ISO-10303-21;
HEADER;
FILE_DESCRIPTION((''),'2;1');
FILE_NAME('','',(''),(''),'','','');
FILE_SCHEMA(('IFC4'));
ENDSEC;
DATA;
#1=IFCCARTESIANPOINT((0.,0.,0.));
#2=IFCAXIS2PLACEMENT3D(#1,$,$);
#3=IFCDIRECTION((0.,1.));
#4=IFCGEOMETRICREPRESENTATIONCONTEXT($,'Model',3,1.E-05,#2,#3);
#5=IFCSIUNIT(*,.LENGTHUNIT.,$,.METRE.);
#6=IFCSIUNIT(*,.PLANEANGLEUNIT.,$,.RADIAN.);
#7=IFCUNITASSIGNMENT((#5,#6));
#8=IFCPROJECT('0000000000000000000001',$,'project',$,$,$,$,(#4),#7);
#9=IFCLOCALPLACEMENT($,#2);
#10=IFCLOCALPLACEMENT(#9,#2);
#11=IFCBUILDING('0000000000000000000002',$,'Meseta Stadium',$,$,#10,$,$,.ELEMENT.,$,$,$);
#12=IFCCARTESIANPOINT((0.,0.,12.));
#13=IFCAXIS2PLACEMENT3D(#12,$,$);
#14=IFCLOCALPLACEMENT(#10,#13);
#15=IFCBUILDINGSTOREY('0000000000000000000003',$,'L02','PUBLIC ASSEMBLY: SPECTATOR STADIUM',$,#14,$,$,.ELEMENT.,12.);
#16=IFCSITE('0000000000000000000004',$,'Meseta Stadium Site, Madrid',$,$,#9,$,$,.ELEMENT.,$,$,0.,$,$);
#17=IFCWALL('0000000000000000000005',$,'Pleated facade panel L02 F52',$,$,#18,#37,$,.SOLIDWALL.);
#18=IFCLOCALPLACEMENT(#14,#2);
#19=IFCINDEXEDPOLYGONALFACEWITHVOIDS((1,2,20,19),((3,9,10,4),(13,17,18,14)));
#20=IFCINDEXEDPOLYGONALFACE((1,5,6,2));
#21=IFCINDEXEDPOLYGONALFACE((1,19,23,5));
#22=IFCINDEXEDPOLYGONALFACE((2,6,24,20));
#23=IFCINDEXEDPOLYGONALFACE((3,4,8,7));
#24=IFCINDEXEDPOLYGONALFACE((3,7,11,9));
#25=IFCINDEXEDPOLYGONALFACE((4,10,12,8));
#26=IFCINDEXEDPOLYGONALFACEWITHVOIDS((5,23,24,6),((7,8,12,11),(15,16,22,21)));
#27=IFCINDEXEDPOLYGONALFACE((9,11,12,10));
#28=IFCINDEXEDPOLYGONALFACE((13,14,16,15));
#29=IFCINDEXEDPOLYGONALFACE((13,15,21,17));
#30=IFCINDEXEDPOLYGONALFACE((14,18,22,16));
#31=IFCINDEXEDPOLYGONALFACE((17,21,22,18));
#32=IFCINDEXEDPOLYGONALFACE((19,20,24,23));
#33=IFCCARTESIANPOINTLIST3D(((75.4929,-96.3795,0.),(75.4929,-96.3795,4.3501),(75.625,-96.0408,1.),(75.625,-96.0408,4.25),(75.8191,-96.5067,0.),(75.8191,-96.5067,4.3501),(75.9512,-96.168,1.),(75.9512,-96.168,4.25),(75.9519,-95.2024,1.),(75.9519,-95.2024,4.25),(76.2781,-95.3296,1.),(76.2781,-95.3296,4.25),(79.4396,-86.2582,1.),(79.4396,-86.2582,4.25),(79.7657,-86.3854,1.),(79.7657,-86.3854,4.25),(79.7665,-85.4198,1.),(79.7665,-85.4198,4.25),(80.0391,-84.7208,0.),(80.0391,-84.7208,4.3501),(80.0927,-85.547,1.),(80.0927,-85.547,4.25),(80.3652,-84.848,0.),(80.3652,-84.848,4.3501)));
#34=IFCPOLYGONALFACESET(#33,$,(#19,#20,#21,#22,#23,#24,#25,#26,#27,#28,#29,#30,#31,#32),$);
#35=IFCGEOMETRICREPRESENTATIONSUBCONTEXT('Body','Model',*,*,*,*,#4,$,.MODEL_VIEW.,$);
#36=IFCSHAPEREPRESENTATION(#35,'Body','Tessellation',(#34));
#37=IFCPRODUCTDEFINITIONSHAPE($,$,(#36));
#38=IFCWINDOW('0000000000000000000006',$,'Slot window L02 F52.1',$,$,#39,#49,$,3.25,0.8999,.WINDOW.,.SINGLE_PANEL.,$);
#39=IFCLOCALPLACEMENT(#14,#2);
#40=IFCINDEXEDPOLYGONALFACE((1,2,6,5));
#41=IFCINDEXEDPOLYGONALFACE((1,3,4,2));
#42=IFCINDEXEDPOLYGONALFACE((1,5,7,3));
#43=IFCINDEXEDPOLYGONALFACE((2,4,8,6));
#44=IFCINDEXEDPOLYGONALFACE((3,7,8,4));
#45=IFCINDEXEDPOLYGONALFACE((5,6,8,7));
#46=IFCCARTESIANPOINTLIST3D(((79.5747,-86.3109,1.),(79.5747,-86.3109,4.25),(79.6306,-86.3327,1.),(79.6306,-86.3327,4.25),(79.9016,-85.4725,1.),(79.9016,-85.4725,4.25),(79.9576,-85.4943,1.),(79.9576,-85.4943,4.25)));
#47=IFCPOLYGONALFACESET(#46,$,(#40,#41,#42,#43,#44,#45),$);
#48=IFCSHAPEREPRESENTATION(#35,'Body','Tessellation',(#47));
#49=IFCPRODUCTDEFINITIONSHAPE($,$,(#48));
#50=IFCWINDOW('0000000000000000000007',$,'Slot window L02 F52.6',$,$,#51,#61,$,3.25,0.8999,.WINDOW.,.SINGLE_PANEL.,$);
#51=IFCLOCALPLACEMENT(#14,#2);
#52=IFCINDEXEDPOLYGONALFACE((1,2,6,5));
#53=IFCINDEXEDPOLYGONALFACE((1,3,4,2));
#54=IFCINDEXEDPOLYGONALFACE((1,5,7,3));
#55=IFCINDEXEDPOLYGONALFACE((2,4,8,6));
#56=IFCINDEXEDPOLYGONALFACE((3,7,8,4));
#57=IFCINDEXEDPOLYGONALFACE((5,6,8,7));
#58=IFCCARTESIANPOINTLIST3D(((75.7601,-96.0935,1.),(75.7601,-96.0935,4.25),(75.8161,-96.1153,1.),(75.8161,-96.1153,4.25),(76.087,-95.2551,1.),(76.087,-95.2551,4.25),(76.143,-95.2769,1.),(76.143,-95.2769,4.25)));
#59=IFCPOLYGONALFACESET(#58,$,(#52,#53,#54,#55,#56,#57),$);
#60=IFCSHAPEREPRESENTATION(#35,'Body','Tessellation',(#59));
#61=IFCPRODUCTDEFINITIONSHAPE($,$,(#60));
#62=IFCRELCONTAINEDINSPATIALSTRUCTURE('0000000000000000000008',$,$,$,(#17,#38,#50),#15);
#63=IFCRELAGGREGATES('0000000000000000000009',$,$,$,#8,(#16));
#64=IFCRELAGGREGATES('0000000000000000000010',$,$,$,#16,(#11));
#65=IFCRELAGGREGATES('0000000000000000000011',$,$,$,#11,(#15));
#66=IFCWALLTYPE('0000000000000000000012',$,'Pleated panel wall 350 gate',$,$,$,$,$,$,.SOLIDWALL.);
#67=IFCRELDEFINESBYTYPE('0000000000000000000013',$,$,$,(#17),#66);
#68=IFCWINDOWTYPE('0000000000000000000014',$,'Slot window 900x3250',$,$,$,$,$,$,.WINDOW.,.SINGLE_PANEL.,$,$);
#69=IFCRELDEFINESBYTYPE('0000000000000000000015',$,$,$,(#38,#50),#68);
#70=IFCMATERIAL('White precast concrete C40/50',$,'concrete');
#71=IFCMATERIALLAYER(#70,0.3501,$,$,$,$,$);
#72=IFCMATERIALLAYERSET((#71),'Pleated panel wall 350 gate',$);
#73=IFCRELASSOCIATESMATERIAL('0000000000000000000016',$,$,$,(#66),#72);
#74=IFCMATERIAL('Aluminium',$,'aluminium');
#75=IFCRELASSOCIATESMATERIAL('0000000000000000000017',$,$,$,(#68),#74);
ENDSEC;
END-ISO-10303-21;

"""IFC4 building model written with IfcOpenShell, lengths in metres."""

from ifc_helpers import new_model, si_unit, direction, frame, frame_2d, origin, place, context, subcontext, project, spatial, rectangle, extrude, material, layer, layer_set, type_object, element, fill, save


model = new_model("IFC4")

# Units and contexts
model_context = context("Model", 3, precision=1e-05, world=origin(), true_north=direction((0.0, 1.0)))
body_context = subcontext(model_context, "Body", "Model", "MODEL_VIEW")
ifc_project = project(units=[si_unit("LENGTHUNIT", "METRE"), si_unit("PLANEANGLEUNIT", "RADIAN")], contexts=[model_context])

# Site, building, storey
site_placement = place(None, origin())
site = spatial("IfcSite", under=ifc_project, at=site_placement, Name="Meseta Stadium Site, Madrid", CompositionType="ELEMENT", RefElevation=0.0)
building_placement = place(site_placement, origin())
building = spatial("IfcBuilding", under=site, at=building_placement, Name="Meseta Stadium", CompositionType="ELEMENT")
storey_placement = place(building_placement, frame((0.0, 0.0, 12.0)))
storey = spatial("IfcBuildingStorey", under=building, at=storey_placement, Name="L02", Description="PUBLIC ASSEMBLY: SPECTATOR STADIUM", CompositionType="ELEMENT", Elevation=12.0)

# Wall, openings, windows
ifc_material_1 = material(Name="White precast concrete C40/50", Category="concrete")
ifc_layer_1 = layer(ifc_material_1, 0.3501)
ifc_layer_set_1 = layer_set([ifc_layer_1], Name="Pleated panel wall 350 gate")
wall_type_1 = type_object("IfcWallType", Name="Pleated panel wall 350 gate", PredefinedType="SOLIDWALL", material=ifc_layer_set_1)
wall_1_placement = place(storey_placement, frame((80.2021, -84.7844, 0.0), z_axis=(0.0, 0.0, 1.0), x_axis=(-0.363293, -0.931675, 0.0)))
wall_1 = element("IfcWall", 1, at=wall_1_placement, inside=storey, type_object=wall_type_1, Name="Pleated facade panel L02 F52", PredefinedType="SOLIDWALL", context=body_context, shape_type="SweptSolid", body=[
    extrude(rectangle(XDim=12.5137, YDim=0.3501, at=frame_2d((6.2568, 0.0))), origin(), (0.0, 0.0, 1.0), 4.3501),
])
opening_1_placement = place(wall_1_placement, frame((0.7502, 0.0, 1.0)))
opening_1 = element("IfcOpeningElement", 2, at=opening_1_placement, cuts=wall_1, PredefinedType="OPENING", context=body_context, shape_type="SweptSolid", body=[
    extrude(rectangle(XDim=0.8999, YDim=3.25, at=frame_2d((0.45, 1.625))), frame((0.0, 0.1851, 0.0), z_axis=(0.0, -1.0, 0.0), x_axis=(1.0, 0.0, 0.0)), (0.0, 0.0, 1.0), 0.3701),
])
opening_2_placement = place(wall_1_placement, frame((11.2502, 0.0, 1.0)))
opening_2 = element("IfcOpeningElement", 3, at=opening_2_placement, cuts=wall_1, PredefinedType="OPENING", context=body_context, shape_type="SweptSolid", body=[
    extrude(rectangle(XDim=0.8999, YDim=3.25, at=frame_2d((0.45, 1.625))), frame((0.0, 0.1851, 0.0), z_axis=(0.0, -1.0, 0.0), x_axis=(1.0, 0.0, 0.0)), (0.0, 0.0, 1.0), 0.3701),
])
ifc_material_2 = material(Name="Aluminium", Category="aluminium")
window_type = type_object("IfcWindowType", Name="Slot window 900x3250", PartitioningType="SINGLE_PANEL", PredefinedType="WINDOW", material=ifc_material_2)
window_1_placement = place(opening_1_placement, origin())
window_1 = element("IfcWindow", 4, at=window_1_placement, inside=storey, type_object=window_type, Name="Slot window L02 F52.1", OverallHeight=3.25, OverallWidth=0.8999, PartitioningType="SINGLE_PANEL", PredefinedType="WINDOW", context=body_context, shape_type="SweptSolid", body=[
    extrude(rectangle(XDim=0.8999, YDim=3.25, at=frame_2d((0.45, 1.625))), frame((0.0, 0.03, 0.0), z_axis=(0.0, -1.0, 0.0), x_axis=(1.0, 0.0, 0.0)), (0.0, 0.0, 1.0), 0.0601),
])
fill(opening_1, window_1)
window_2_placement = place(opening_2_placement, origin())
window_2 = element("IfcWindow", 5, at=window_2_placement, inside=storey, type_object=window_type, Name="Slot window L02 F52.6", OverallHeight=3.25, OverallWidth=0.8999, PartitioningType="SINGLE_PANEL", PredefinedType="WINDOW", context=body_context, shape_type="SweptSolid", body=[
    extrude(rectangle(XDim=0.8999, YDim=3.25, at=frame_2d((0.45, 1.625))), frame((0.0, 0.03, 0.0), z_axis=(0.0, -1.0, 0.0), x_axis=(1.0, 0.0, 0.0)), (0.0, 0.0, 1.0), 0.0601),
])
fill(opening_2, window_2)

save(model, "model.ifc")
